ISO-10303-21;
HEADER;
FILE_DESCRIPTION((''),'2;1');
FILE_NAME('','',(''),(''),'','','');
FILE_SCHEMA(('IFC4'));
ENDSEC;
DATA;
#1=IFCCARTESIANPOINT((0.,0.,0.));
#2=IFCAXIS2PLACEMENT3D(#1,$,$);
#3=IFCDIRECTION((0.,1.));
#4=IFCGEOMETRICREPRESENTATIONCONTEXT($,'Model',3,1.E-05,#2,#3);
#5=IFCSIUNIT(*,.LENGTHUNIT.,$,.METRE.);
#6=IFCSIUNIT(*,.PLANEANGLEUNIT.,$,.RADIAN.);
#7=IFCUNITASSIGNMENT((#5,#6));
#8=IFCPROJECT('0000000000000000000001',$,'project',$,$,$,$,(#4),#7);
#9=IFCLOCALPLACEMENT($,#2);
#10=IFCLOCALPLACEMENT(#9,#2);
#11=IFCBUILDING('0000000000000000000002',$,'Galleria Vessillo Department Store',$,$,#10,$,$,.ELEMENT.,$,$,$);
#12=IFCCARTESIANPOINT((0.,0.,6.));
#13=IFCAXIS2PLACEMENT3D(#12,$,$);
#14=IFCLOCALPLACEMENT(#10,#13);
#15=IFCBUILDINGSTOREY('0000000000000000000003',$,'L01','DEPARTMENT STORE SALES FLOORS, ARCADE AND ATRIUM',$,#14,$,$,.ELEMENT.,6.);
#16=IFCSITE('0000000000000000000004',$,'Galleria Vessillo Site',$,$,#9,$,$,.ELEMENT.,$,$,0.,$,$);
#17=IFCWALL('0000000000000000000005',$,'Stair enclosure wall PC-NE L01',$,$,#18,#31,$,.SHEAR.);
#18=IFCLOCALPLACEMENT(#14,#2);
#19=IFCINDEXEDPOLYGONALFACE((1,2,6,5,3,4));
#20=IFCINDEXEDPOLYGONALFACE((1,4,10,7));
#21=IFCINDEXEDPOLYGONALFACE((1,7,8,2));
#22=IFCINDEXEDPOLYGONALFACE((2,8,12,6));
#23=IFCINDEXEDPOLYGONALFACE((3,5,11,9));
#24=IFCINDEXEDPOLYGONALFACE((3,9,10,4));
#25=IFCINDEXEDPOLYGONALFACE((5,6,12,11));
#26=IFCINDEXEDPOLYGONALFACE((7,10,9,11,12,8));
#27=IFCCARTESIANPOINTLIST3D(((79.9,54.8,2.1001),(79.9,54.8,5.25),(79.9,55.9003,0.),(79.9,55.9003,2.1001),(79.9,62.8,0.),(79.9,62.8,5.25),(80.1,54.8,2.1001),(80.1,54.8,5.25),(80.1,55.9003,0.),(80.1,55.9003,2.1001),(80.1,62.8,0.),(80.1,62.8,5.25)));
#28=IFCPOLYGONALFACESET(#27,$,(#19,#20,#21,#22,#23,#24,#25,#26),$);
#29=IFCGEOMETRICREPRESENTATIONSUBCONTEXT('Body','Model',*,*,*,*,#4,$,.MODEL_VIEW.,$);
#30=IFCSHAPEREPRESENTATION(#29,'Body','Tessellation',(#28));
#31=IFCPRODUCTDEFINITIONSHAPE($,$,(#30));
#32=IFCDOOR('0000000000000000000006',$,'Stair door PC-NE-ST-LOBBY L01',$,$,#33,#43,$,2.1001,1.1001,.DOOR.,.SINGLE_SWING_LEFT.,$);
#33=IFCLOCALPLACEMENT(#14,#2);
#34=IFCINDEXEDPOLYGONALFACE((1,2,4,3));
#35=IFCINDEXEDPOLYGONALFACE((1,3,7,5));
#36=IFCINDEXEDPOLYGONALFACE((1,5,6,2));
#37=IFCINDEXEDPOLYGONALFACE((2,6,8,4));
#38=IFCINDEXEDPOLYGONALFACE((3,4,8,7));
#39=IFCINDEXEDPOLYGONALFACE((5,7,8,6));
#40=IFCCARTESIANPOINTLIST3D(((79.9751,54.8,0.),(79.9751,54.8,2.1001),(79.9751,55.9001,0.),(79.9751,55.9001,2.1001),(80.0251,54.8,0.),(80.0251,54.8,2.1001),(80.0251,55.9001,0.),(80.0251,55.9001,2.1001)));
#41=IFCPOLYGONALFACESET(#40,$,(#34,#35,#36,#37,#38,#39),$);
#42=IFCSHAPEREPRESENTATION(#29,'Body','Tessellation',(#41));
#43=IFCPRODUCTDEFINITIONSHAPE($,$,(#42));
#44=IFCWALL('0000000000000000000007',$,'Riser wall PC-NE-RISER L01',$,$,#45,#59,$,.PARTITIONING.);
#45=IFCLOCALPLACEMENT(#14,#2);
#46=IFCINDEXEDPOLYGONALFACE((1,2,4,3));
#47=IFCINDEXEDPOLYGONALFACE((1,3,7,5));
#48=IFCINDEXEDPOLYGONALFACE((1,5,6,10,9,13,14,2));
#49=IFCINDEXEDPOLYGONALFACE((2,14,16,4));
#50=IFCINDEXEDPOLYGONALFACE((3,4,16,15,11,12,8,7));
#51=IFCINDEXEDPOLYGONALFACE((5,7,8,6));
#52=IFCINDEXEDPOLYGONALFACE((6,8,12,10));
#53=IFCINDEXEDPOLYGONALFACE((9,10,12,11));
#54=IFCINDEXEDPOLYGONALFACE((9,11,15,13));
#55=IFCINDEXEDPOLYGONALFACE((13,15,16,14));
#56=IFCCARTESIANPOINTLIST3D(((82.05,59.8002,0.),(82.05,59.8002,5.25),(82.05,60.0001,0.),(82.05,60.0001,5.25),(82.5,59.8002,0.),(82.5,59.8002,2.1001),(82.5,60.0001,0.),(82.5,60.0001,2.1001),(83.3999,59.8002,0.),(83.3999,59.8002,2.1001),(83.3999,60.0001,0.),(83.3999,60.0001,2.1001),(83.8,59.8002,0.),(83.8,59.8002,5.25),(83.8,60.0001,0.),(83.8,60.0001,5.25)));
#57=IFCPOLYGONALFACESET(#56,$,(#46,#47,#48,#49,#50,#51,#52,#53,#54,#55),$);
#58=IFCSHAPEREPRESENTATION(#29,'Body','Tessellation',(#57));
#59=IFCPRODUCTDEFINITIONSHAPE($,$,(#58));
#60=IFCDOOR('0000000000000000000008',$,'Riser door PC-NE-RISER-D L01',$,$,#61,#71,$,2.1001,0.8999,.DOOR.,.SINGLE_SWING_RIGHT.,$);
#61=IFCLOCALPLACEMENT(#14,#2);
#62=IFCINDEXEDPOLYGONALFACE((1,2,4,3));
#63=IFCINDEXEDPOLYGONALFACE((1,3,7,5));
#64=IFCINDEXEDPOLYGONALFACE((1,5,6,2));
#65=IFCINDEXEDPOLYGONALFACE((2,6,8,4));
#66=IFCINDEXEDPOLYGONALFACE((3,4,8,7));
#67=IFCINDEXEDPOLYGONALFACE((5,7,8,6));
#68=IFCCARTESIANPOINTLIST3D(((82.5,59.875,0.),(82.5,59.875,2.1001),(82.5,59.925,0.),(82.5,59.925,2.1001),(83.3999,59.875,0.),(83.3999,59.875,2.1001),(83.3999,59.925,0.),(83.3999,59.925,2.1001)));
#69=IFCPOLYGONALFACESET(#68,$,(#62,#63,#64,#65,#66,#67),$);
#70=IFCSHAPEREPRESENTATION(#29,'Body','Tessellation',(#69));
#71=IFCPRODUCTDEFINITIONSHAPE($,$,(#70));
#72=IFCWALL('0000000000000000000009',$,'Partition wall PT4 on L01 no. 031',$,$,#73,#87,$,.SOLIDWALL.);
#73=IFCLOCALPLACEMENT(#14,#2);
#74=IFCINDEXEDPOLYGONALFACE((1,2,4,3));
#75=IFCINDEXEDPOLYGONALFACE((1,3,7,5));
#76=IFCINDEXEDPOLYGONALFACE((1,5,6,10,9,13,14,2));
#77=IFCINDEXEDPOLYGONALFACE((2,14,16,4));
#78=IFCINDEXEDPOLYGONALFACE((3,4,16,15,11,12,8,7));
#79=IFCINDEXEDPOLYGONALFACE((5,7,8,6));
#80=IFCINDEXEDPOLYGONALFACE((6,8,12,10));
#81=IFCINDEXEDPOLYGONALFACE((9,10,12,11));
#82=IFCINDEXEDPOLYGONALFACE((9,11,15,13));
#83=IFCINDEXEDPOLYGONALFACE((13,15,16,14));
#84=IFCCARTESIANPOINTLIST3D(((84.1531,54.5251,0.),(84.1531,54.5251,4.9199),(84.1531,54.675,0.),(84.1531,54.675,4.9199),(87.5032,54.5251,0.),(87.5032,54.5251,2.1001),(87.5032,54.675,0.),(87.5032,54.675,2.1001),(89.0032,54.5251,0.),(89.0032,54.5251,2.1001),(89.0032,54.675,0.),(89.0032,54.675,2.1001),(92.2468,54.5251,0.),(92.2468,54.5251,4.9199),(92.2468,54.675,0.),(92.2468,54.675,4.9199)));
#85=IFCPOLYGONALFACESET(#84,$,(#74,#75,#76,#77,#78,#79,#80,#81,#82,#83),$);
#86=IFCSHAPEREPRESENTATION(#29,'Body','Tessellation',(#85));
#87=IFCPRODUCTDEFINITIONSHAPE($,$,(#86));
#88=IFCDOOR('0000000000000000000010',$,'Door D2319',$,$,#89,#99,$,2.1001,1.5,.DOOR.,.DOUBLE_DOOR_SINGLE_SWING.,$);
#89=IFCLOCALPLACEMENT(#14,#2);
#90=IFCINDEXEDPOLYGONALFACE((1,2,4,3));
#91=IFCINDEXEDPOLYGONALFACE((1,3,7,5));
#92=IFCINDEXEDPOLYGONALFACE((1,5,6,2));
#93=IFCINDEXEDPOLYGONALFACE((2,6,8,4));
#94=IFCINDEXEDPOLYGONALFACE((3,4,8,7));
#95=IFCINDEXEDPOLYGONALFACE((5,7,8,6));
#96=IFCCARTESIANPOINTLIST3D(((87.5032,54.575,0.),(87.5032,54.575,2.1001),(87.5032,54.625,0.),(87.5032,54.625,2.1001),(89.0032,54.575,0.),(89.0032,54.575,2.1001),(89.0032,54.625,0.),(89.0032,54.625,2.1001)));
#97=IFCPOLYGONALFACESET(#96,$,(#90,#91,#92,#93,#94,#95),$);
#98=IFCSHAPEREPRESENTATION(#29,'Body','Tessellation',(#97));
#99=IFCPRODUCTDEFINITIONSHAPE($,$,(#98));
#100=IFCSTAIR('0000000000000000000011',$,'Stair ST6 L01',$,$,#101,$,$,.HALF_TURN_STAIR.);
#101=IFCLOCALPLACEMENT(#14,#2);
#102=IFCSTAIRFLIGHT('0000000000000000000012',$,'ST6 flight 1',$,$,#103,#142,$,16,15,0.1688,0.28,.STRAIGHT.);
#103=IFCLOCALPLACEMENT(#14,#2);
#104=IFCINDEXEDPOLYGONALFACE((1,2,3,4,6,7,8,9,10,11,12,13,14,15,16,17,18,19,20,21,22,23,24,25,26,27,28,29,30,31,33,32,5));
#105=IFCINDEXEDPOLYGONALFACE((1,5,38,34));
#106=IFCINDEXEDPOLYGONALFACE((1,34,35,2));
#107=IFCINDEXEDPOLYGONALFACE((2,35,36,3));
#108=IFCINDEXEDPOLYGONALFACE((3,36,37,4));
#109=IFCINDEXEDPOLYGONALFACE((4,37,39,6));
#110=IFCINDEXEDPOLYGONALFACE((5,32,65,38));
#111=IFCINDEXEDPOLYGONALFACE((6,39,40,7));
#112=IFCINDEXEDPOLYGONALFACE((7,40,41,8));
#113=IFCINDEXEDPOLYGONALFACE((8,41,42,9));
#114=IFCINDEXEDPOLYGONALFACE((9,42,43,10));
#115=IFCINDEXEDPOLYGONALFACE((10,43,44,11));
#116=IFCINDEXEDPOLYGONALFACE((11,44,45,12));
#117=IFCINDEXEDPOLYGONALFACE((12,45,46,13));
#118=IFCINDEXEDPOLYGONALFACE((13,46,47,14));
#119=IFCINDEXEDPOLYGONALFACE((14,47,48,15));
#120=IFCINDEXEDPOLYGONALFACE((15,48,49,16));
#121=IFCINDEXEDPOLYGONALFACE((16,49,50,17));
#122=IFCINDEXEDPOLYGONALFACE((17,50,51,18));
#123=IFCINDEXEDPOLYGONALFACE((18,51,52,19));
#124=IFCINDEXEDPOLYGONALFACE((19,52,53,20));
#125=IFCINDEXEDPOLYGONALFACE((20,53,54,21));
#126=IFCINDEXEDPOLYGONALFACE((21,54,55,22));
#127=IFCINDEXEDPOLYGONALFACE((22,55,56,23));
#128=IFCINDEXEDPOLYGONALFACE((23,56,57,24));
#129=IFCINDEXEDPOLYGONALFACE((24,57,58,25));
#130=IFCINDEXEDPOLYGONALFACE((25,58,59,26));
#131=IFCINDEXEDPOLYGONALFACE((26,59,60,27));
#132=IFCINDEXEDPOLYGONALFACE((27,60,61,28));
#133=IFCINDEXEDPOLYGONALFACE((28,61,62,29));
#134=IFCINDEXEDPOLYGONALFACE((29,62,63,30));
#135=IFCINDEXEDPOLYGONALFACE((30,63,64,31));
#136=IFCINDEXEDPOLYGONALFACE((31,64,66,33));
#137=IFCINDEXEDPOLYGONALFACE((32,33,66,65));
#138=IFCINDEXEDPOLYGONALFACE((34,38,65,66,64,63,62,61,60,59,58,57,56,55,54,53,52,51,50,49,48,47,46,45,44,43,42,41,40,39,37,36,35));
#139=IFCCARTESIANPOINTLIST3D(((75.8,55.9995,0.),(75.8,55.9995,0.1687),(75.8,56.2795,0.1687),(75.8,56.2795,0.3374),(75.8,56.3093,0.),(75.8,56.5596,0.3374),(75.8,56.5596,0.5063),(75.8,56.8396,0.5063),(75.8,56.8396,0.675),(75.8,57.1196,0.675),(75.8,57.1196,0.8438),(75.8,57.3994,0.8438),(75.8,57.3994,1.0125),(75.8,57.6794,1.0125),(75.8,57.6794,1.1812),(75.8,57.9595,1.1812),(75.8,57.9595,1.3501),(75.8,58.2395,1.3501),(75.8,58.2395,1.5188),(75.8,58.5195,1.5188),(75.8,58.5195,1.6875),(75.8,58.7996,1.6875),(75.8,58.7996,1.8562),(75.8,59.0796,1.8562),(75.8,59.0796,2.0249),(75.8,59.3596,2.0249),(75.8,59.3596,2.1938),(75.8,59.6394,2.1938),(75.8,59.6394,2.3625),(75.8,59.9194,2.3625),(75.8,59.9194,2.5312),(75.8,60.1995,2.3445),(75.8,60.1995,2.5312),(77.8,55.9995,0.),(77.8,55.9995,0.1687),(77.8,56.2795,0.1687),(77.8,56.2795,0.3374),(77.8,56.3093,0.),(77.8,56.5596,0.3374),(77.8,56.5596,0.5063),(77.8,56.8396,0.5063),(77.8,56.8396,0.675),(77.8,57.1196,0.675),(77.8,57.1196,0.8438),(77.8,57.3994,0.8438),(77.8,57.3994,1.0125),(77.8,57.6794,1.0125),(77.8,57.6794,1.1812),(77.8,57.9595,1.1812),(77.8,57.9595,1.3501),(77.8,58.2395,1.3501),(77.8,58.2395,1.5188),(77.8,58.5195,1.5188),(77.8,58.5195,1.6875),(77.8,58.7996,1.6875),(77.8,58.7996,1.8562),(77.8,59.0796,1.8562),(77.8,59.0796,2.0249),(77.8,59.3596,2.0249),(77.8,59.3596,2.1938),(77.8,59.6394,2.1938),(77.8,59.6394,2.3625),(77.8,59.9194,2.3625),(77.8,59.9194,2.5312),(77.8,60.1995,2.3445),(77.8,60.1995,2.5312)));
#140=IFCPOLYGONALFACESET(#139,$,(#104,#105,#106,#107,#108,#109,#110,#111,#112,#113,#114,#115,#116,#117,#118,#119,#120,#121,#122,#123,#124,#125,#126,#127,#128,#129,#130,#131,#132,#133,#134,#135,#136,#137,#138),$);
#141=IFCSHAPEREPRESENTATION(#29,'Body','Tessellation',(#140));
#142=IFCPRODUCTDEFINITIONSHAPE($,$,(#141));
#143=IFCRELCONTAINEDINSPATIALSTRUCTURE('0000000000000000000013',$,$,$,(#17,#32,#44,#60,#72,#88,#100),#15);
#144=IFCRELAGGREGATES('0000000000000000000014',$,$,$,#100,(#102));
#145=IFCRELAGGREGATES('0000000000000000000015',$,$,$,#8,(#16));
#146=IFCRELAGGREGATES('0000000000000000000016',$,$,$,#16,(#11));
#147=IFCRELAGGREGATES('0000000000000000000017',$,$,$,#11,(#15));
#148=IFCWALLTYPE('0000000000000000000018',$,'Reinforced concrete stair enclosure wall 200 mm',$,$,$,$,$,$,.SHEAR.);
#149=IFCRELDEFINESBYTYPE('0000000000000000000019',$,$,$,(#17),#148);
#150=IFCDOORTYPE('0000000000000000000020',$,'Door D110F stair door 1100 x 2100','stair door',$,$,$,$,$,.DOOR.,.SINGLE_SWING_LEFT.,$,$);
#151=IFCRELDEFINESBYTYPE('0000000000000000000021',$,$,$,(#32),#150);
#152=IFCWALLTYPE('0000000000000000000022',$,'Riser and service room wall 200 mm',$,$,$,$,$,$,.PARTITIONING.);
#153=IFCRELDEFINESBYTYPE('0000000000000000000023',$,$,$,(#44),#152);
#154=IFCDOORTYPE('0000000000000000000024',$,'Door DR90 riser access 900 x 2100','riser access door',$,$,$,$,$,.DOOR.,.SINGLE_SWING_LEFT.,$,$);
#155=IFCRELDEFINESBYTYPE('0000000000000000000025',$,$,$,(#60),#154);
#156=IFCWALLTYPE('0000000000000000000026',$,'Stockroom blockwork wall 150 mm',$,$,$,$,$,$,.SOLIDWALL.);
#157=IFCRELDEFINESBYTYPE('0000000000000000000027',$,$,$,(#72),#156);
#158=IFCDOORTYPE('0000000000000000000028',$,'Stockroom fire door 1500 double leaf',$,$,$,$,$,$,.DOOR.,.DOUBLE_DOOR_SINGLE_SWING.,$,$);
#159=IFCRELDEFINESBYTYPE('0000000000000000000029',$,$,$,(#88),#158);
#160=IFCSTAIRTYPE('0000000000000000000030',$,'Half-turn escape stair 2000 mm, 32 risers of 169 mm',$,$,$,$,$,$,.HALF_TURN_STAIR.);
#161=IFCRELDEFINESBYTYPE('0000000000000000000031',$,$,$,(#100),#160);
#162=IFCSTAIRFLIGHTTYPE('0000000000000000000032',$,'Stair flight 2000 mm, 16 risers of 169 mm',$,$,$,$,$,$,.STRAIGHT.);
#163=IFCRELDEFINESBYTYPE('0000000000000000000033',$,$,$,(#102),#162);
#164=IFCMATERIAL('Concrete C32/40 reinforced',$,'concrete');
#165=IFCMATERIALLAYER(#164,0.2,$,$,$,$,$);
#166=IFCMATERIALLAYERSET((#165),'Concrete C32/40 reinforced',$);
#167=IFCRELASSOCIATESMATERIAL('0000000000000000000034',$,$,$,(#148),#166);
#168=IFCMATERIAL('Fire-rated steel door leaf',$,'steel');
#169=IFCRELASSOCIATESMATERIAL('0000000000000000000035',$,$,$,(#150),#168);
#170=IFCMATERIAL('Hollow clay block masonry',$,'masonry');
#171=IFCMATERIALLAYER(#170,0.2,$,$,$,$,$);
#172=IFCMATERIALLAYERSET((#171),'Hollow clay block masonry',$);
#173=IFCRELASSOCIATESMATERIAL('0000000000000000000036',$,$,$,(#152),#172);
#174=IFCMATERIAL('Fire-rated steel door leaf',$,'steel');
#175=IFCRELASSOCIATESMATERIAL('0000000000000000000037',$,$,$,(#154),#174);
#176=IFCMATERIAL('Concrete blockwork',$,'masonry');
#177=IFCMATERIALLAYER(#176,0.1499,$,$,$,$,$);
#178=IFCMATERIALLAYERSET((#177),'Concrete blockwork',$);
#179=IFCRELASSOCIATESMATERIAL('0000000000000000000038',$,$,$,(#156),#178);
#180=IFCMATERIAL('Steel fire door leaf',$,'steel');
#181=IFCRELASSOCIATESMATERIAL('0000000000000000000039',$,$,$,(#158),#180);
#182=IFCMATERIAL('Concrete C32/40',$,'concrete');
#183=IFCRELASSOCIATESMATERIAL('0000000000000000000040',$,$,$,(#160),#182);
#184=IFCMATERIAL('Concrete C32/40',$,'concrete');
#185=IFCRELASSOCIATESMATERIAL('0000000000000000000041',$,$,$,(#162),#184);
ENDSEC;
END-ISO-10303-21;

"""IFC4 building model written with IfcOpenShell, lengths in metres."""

from ifc_helpers import new_model, si_unit, direction, frame, frame_2d, origin, place, context, subcontext, project, spatial, polyline, rectangle, outline, extrude, material, layer, layer_set, type_object, element, fill, aggregate, save


model = new_model("IFC4")

# Units and contexts
model_context = context("Model", 3, precision=1e-05, world=origin(), true_north=direction((0.0, 1.0)))
body_context = subcontext(model_context, "Body", "Model", "MODEL_VIEW")
ifc_project = project(units=[si_unit("LENGTHUNIT", "METRE"), si_unit("PLANEANGLEUNIT", "RADIAN")], contexts=[model_context])

# Site, building, storey
site_placement = place(None, origin())
site = spatial("IfcSite", under=ifc_project, at=site_placement, Name="Galleria Vessillo Site", CompositionType="ELEMENT", RefElevation=0.0)
building_placement = place(site_placement, origin())
building = spatial("IfcBuilding", under=site, at=building_placement, Name="Galleria Vessillo Department Store", CompositionType="ELEMENT")
storey_placement = place(building_placement, frame((0.0, 0.0, 6.0)))
storey = spatial("IfcBuildingStorey", under=building, at=storey_placement, Name="L01", Description="DEPARTMENT STORE SALES FLOORS, ARCADE AND ATRIUM", CompositionType="ELEMENT", Elevation=6.0)

# Walls, openings, doors
ifc_material_1 = material(Name="Concrete C32/40 reinforced", Category="concrete")
ifc_layer_1 = layer(ifc_material_1, 0.2)
ifc_layer_set_1 = layer_set([ifc_layer_1], Name="Concrete C32/40 reinforced")
wall_type_1 = type_object("IfcWallType", Name="Reinforced concrete stair enclosure wall 200 mm", PredefinedType="SHEAR", material=ifc_layer_set_1)
wall_1_placement = place(storey_placement, frame((80.0, 62.8, 0.0), z_axis=(0.0, 0.0, 1.0), x_axis=(0.0, -1.0, 0.0)))
wall_1 = element("IfcWall", 1, at=wall_1_placement, inside=storey, type_object=wall_type_1, Name="Stair enclosure wall PC-NE L01", PredefinedType="SHEAR", context=body_context, shape_type="SweptSolid", body=[
    extrude(rectangle(XDim=8.0, YDim=0.2, at=frame_2d((4.0, 0.0))), origin(), (0.0, 0.0, 1.0), 5.25),
])
opening_1_placement = place(wall_1_placement, frame((6.8999, 0.0, 0.0)))
opening_1 = element("IfcOpeningElement", 2, at=opening_1_placement, cuts=wall_1, PredefinedType="OPENING", context=body_context, shape_type="SweptSolid", body=[
    extrude(rectangle(XDim=1.1101, YDim=2.1001, at=frame_2d((0.5549, 1.05))), frame((0.0, 0.1099, 0.0), z_axis=(0.0, -1.0, 0.0), x_axis=(1.0, 0.0, 0.0)), (0.0, 0.0, 1.0), 0.22),
])
ifc_material_2 = material(Name="Fire-rated steel door leaf", Category="steel")
door_type_1 = type_object("IfcDoorType", Name="Door D110F stair door 1100 x 2100", Description="stair door", OperationType="SINGLE_SWING_LEFT", PredefinedType="DOOR", material=ifc_material_2)
door_1_placement = place(opening_1_placement, frame((1.1001, 0.0, 0.0), z_axis=(0.0, 0.0, 1.0), x_axis=(-1.0, 0.0, 0.0)))
door_1 = element("IfcDoor", 3, at=door_1_placement, inside=storey, type_object=door_type_1, Name="Stair door PC-NE-ST-LOBBY L01", OperationType="SINGLE_SWING_LEFT", OverallHeight=2.1001, OverallWidth=1.1001, PredefinedType="DOOR", context=body_context, shape_type="SweptSolid", body=[
    extrude(rectangle(XDim=1.1001, YDim=2.1001, at=frame_2d((0.55, 1.05))), frame((0.0, 0.0249, 0.0), z_axis=(0.0, -1.0, 0.0), x_axis=(1.0, 0.0, 0.0)), (0.0, 0.0, 1.0), 0.05),
])
fill(opening_1, door_1)
ifc_material_3 = material(Name="Hollow clay block masonry", Category="masonry")
ifc_layer_2 = layer(ifc_material_3, 0.2)
ifc_layer_set_2 = layer_set([ifc_layer_2], Name="Hollow clay block masonry")
wall_type_2 = type_object("IfcWallType", Name="Riser and service room wall 200 mm", PredefinedType="PARTITIONING", material=ifc_layer_set_2)
wall_2_placement = place(storey_placement, frame((82.05, 59.9001, 0.0), z_axis=(0.0, 0.0, 1.0), x_axis=(1.0, 0.0, 0.0)))
wall_2 = element("IfcWall", 4, at=wall_2_placement, inside=storey, type_object=wall_type_2, Name="Riser wall PC-NE-RISER L01", PredefinedType="PARTITIONING", context=body_context, shape_type="SweptSolid", body=[
    extrude(rectangle(XDim=1.75, YDim=0.2, at=frame_2d((0.875, 0.0))), origin(), (0.0, 0.0, 1.0), 5.25),
])
opening_2_placement = place(wall_2_placement, frame((0.45, 0.0, 0.0)))
opening_2 = element("IfcOpeningElement", 5, at=opening_2_placement, cuts=wall_2, PredefinedType="OPENING", context=body_context, shape_type="SweptSolid", body=[
    extrude(rectangle(XDim=0.8999, YDim=2.1001, at=frame_2d((0.45, 1.05))), frame((0.0, 0.1099, 0.0), z_axis=(0.0, -1.0, 0.0), x_axis=(1.0, 0.0, 0.0)), (0.0, 0.0, 1.0), 0.22),
])
ifc_material_4 = material(Name="Fire-rated steel door leaf", Category="steel")
door_type_2 = type_object("IfcDoorType", Name="Door DR90 riser access 900 x 2100", Description="riser access door", OperationType="SINGLE_SWING_LEFT", PredefinedType="DOOR", material=ifc_material_4)
door_2_placement = place(opening_2_placement, origin())
door_2 = element("IfcDoor", 6, at=door_2_placement, inside=storey, type_object=door_type_2, Name="Riser door PC-NE-RISER-D L01", OperationType="SINGLE_SWING_RIGHT", OverallHeight=2.1001, OverallWidth=0.8999, PredefinedType="DOOR", context=body_context, shape_type="SweptSolid", body=[
    extrude(rectangle(XDim=0.8999, YDim=2.1001, at=frame_2d((0.45, 1.05))), frame((0.0, 0.0249, 0.0), z_axis=(0.0, -1.0, 0.0), x_axis=(1.0, 0.0, 0.0)), (0.0, 0.0, 1.0), 0.05),
])
fill(opening_2, door_2)
ifc_material_5 = material(Name="Concrete blockwork", Category="masonry")
ifc_layer_3 = layer(ifc_material_5, 0.1499)
ifc_layer_set_3 = layer_set([ifc_layer_3], Name="Concrete blockwork")
wall_type_3 = type_object("IfcWallType", Name="Stockroom blockwork wall 150 mm", PredefinedType="SOLIDWALL", material=ifc_layer_set_3)
wall_3_placement = place(storey_placement, frame((84.1531, 54.6001, 0.0), z_axis=(0.0, 0.0, 1.0), x_axis=(1.0, 0.0, 0.0)))
wall_3 = element("IfcWall", 7, at=wall_3_placement, inside=storey, type_object=wall_type_3, Name="Partition wall PT4 on L01 no. 031", PredefinedType="SOLIDWALL", context=body_context, shape_type="SweptSolid", body=[
    extrude(rectangle(XDim=8.0938, YDim=0.1499, at=frame_2d((4.0469, 0.0))), origin(), (0.0, 0.0, 1.0), 4.9199),
])
opening_3_placement = place(wall_3_placement, frame((3.3501, 0.0, 0.0)))
opening_3 = element("IfcOpeningElement", 8, at=opening_3_placement, cuts=wall_3, PredefinedType="OPENING", context=body_context, shape_type="SweptSolid", body=[
    extrude(rectangle(XDim=1.5, YDim=2.1001, at=frame_2d((0.75, 1.05))), frame((0.0, 0.085, 0.0), z_axis=(0.0, -1.0, 0.0), x_axis=(1.0, 0.0, 0.0)), (0.0, 0.0, 1.0), 0.1699),
])
ifc_material_6 = material(Name="Steel fire door leaf", Category="steel")
door_type_3 = type_object("IfcDoorType", Name="Stockroom fire door 1500 double leaf", OperationType="DOUBLE_DOOR_SINGLE_SWING", PredefinedType="DOOR", material=ifc_material_6)
door_3_placement = place(opening_3_placement, origin())
door_3 = element("IfcDoor", 9, at=door_3_placement, inside=storey, type_object=door_type_3, Name="Door D2319", OperationType="DOUBLE_DOOR_SINGLE_SWING", OverallHeight=2.1001, OverallWidth=1.5, PredefinedType="DOOR", context=body_context, shape_type="SweptSolid", body=[
    extrude(rectangle(XDim=1.5, YDim=2.1001, at=frame_2d((0.75, 1.05))), frame((0.0, 0.0249, 0.0), z_axis=(0.0, -1.0, 0.0), x_axis=(1.0, 0.0, 0.0)), (0.0, 0.0, 1.0), 0.05),
])
fill(opening_3, door_3)

# Stair, stair flight
ifc_material_7 = material(Name="Concrete C32/40", Category="concrete")
stair_type = type_object("IfcStairType", Name="Half-turn escape stair 2000 mm, 32 risers of 169 mm", PredefinedType="HALF_TURN_STAIR", material=ifc_material_7)
stair_placement = place(storey_placement, origin())
stair = element("IfcStair", 10, at=stair_placement, inside=storey, type_object=stair_type, Name="Stair ST6 L01", PredefinedType="HALF_TURN_STAIR")
ifc_material_8 = material(Name="Concrete C32/40", Category="concrete")
stair_flight_type = type_object("IfcStairFlightType", Name="Stair flight 2000 mm, 16 risers of 169 mm", PredefinedType="STRAIGHT", material=ifc_material_8)
stair_flight_1_placement = place(storey_placement, frame((76.8, 55.9995, 0.0), z_axis=(0.0, 0.0, 1.0), x_axis=(0.0, 1.0, 0.0)))
stair_flight_1 = element("IfcStairFlight", 11, at=stair_flight_1_placement, type_object=stair_flight_type, Name="ST6 flight 1", NumberOfRisers=16, NumberOfTreads=15, PredefinedType="STRAIGHT", RiserHeight=0.1688, TreadLength=0.28, context=body_context, shape_type="SweptSolid", body=[
    extrude(outline(polyline([(0.0, 0.0), (0.0, 0.1687), (0.28, 0.1687), (0.28, 0.3374), (0.5601, 0.3374), (0.5601, 0.5063), (0.8401, 0.5063), (0.8401, 0.675), (1.1201, 0.675), (1.1201, 0.8438), (1.3999, 0.8438), (1.3999, 1.0125), (1.6799, 1.0125), (1.6799, 1.1812), (1.96, 1.1812), (1.96, 1.3501), (2.24, 1.3501), (2.24, 1.5188), (2.52, 1.5188), (2.52, 1.6875), (2.8, 1.6875), (2.8, 1.8562), (3.0801, 1.8562), (3.0801, 2.0249), (3.3601, 2.0249), (3.3601, 2.1938), (3.6399, 2.1938), (3.6399, 2.3625), (3.9199, 2.3625), (3.9199, 2.5312), (4.2, 2.5312), (4.2, 2.7), (4.2, 2.3445), (0.3098, 0.0), (0.0, 0.0)])), frame((0.0, 1.0, 0.0), z_axis=(0.0, -1.0, 0.0), x_axis=(1.0, 0.0, 0.0)), (0.0, 0.0, 1.0), 2.0),
])
aggregate(stair, [stair_flight_1])

save(model, "model.ifc")
